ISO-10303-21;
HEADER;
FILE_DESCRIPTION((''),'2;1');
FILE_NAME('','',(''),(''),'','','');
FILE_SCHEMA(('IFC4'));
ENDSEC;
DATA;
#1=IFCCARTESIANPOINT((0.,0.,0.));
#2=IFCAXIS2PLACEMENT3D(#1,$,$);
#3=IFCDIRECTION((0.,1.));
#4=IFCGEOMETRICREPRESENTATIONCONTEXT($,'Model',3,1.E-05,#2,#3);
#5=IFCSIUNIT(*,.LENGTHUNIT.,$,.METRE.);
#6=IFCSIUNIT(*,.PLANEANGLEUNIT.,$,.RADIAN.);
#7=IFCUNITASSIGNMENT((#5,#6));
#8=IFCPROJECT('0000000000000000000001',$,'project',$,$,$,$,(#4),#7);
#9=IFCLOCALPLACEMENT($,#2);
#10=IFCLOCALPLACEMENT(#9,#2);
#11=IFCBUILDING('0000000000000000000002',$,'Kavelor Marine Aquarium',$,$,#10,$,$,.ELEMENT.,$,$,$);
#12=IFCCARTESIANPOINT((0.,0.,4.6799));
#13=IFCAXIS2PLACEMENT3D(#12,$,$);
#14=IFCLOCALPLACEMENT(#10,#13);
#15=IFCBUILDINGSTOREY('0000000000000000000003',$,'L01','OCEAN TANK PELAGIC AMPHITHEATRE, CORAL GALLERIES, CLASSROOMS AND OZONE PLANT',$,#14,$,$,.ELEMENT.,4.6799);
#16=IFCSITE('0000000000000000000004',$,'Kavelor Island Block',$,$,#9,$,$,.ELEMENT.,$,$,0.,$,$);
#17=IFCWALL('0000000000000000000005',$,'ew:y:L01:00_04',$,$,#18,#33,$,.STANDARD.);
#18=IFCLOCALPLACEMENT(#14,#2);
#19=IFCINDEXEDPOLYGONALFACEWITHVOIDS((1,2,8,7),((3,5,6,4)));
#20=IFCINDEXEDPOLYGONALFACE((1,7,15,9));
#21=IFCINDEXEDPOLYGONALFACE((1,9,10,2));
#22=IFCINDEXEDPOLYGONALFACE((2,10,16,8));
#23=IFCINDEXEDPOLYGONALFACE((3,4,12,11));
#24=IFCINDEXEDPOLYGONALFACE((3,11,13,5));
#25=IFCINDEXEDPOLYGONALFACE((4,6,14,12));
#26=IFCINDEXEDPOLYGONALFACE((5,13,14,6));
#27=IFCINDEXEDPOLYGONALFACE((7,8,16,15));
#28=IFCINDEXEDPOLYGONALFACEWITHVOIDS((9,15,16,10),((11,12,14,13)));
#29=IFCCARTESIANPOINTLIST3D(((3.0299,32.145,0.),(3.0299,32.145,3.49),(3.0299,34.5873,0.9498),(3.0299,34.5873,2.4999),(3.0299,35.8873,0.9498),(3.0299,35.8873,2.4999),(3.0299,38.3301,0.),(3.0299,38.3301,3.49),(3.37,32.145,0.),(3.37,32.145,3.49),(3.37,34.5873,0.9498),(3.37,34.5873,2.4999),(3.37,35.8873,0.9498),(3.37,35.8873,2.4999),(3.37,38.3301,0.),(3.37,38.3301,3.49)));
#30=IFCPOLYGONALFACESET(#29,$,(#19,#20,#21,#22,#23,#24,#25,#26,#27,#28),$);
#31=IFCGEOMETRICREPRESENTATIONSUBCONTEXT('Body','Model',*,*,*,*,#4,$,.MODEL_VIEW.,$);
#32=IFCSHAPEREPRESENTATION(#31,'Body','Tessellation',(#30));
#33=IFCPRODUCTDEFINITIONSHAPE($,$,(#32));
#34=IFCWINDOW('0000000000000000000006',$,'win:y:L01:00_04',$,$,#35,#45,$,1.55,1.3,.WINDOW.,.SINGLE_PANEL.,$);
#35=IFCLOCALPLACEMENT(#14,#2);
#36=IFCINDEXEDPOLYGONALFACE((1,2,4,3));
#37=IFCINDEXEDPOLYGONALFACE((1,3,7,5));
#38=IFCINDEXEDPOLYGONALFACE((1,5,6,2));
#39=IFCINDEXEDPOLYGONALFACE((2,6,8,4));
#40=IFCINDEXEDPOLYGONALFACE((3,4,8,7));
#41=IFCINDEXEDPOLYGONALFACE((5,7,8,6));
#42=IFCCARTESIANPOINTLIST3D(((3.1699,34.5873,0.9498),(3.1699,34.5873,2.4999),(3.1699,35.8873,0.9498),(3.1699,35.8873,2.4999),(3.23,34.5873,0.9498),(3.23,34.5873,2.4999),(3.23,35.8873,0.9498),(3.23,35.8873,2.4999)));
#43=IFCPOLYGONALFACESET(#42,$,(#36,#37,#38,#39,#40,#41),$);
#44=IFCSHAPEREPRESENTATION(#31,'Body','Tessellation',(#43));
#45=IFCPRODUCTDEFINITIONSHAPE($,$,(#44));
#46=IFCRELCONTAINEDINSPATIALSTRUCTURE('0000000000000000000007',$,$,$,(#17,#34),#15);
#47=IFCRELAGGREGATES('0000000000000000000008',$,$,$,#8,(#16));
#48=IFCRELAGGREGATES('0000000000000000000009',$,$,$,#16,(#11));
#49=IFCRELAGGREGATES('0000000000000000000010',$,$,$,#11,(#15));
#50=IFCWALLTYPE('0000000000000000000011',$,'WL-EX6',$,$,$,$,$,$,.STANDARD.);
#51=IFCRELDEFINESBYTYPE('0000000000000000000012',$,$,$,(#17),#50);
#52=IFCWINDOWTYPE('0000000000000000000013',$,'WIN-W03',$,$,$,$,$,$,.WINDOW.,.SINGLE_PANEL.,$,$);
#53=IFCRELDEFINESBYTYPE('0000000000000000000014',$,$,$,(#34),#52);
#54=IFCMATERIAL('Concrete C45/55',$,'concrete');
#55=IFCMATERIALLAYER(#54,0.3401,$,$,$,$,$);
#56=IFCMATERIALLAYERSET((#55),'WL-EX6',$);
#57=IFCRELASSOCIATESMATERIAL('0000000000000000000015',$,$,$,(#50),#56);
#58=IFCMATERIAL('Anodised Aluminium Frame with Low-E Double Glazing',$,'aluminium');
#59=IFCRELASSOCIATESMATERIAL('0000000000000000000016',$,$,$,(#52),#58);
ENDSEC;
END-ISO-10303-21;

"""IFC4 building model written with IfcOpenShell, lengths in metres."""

from ifc_helpers import new_model, si_unit, direction, frame, frame_2d, origin, place, context, subcontext, project, spatial, rectangle, extrude, material, layer, layer_set, type_object, element, fill, save


model = new_model("IFC4")

# Units and contexts
model_context = context("Model", 3, precision=1e-05, world=origin(), true_north=direction((0.0, 1.0)))
body_context = subcontext(model_context, "Body", "Model", "MODEL_VIEW")
ifc_project = project(units=[si_unit("LENGTHUNIT", "METRE"), si_unit("PLANEANGLEUNIT", "RADIAN")], contexts=[model_context])

# Site, building, storey
site_placement = place(None, origin())
site = spatial("IfcSite", under=ifc_project, at=site_placement, Name="Kavelor Island Block", CompositionType="ELEMENT", RefElevation=0.0)
building_placement = place(site_placement, origin())
building = spatial("IfcBuilding", under=site, at=building_placement, Name="Kavelor Marine Aquarium", CompositionType="ELEMENT")
storey_placement = place(building_placement, frame((0.0, 0.0, 4.6799)))
storey = spatial("IfcBuildingStorey", under=building, at=storey_placement, Name="L01", Description="OCEAN TANK PELAGIC AMPHITHEATRE, CORAL GALLERIES, CLASSROOMS AND OZONE PLANT", CompositionType="ELEMENT", Elevation=4.6799)

# Wall, opening, window
ifc_material_1 = material(Name="Concrete C45/55", Category="concrete")
ifc_layer_1 = layer(ifc_material_1, 0.3401)
ifc_layer_set_1 = layer_set([ifc_layer_1], Name="WL-EX6")
wall_type = type_object("IfcWallType", Name="WL-EX6", PredefinedType="STANDARD", material=ifc_layer_set_1)
wall_placement = place(storey_placement, frame((3.2, 32.145, 0.0), z_axis=(0.0, 0.0, 1.0), x_axis=(0.0, 1.0, 0.0)))
wall = element("IfcWall", 1, at=wall_placement, inside=storey, type_object=wall_type, Name="ew:y:L01:00_04", PredefinedType="STANDARD", context=body_context, shape_type="SweptSolid", body=[
    extrude(rectangle(XDim=6.1851, YDim=0.3401, at=frame_2d((3.0925, 0.0))), origin(), (0.0, 0.0, 1.0), 3.49),
])
opening_placement = place(wall_placement, frame((2.4424, 0.0, 0.95)))
opening = element("IfcOpeningElement", 2, at=opening_placement, cuts=wall, PredefinedType="OPENING", context=body_context, shape_type="SweptSolid", body=[
    extrude(rectangle(XDim=1.3, YDim=1.55, at=frame_2d((0.6499, 0.7749))), frame((0.0, 0.1799, 0.0), z_axis=(0.0, -1.0, 0.0), x_axis=(1.0, 0.0, 0.0)), (0.0, 0.0, 1.0), 0.3601),
])
ifc_material_2 = material(Name="Anodised Aluminium Frame with Low-E Double Glazing", Category="aluminium")
window_type = type_object("IfcWindowType", Name="WIN-W03", PartitioningType="SINGLE_PANEL", PredefinedType="WINDOW", material=ifc_material_2)
window_placement = place(opening_placement, origin())
window = element("IfcWindow", 3, at=window_placement, inside=storey, type_object=window_type, Name="win:y:L01:00_04", OverallHeight=1.55, OverallWidth=1.3, PartitioningType="SINGLE_PANEL", PredefinedType="WINDOW", context=body_context, shape_type="SweptSolid", body=[
    extrude(rectangle(XDim=1.3, YDim=1.55, at=frame_2d((0.6499, 0.7749))), frame((0.0, 0.03, 0.0), z_axis=(0.0, -1.0, 0.0), x_axis=(1.0, 0.0, 0.0)), (0.0, 0.0, 1.0), 0.0601),
])
fill(opening, window)

save(model, "model.ifc")
